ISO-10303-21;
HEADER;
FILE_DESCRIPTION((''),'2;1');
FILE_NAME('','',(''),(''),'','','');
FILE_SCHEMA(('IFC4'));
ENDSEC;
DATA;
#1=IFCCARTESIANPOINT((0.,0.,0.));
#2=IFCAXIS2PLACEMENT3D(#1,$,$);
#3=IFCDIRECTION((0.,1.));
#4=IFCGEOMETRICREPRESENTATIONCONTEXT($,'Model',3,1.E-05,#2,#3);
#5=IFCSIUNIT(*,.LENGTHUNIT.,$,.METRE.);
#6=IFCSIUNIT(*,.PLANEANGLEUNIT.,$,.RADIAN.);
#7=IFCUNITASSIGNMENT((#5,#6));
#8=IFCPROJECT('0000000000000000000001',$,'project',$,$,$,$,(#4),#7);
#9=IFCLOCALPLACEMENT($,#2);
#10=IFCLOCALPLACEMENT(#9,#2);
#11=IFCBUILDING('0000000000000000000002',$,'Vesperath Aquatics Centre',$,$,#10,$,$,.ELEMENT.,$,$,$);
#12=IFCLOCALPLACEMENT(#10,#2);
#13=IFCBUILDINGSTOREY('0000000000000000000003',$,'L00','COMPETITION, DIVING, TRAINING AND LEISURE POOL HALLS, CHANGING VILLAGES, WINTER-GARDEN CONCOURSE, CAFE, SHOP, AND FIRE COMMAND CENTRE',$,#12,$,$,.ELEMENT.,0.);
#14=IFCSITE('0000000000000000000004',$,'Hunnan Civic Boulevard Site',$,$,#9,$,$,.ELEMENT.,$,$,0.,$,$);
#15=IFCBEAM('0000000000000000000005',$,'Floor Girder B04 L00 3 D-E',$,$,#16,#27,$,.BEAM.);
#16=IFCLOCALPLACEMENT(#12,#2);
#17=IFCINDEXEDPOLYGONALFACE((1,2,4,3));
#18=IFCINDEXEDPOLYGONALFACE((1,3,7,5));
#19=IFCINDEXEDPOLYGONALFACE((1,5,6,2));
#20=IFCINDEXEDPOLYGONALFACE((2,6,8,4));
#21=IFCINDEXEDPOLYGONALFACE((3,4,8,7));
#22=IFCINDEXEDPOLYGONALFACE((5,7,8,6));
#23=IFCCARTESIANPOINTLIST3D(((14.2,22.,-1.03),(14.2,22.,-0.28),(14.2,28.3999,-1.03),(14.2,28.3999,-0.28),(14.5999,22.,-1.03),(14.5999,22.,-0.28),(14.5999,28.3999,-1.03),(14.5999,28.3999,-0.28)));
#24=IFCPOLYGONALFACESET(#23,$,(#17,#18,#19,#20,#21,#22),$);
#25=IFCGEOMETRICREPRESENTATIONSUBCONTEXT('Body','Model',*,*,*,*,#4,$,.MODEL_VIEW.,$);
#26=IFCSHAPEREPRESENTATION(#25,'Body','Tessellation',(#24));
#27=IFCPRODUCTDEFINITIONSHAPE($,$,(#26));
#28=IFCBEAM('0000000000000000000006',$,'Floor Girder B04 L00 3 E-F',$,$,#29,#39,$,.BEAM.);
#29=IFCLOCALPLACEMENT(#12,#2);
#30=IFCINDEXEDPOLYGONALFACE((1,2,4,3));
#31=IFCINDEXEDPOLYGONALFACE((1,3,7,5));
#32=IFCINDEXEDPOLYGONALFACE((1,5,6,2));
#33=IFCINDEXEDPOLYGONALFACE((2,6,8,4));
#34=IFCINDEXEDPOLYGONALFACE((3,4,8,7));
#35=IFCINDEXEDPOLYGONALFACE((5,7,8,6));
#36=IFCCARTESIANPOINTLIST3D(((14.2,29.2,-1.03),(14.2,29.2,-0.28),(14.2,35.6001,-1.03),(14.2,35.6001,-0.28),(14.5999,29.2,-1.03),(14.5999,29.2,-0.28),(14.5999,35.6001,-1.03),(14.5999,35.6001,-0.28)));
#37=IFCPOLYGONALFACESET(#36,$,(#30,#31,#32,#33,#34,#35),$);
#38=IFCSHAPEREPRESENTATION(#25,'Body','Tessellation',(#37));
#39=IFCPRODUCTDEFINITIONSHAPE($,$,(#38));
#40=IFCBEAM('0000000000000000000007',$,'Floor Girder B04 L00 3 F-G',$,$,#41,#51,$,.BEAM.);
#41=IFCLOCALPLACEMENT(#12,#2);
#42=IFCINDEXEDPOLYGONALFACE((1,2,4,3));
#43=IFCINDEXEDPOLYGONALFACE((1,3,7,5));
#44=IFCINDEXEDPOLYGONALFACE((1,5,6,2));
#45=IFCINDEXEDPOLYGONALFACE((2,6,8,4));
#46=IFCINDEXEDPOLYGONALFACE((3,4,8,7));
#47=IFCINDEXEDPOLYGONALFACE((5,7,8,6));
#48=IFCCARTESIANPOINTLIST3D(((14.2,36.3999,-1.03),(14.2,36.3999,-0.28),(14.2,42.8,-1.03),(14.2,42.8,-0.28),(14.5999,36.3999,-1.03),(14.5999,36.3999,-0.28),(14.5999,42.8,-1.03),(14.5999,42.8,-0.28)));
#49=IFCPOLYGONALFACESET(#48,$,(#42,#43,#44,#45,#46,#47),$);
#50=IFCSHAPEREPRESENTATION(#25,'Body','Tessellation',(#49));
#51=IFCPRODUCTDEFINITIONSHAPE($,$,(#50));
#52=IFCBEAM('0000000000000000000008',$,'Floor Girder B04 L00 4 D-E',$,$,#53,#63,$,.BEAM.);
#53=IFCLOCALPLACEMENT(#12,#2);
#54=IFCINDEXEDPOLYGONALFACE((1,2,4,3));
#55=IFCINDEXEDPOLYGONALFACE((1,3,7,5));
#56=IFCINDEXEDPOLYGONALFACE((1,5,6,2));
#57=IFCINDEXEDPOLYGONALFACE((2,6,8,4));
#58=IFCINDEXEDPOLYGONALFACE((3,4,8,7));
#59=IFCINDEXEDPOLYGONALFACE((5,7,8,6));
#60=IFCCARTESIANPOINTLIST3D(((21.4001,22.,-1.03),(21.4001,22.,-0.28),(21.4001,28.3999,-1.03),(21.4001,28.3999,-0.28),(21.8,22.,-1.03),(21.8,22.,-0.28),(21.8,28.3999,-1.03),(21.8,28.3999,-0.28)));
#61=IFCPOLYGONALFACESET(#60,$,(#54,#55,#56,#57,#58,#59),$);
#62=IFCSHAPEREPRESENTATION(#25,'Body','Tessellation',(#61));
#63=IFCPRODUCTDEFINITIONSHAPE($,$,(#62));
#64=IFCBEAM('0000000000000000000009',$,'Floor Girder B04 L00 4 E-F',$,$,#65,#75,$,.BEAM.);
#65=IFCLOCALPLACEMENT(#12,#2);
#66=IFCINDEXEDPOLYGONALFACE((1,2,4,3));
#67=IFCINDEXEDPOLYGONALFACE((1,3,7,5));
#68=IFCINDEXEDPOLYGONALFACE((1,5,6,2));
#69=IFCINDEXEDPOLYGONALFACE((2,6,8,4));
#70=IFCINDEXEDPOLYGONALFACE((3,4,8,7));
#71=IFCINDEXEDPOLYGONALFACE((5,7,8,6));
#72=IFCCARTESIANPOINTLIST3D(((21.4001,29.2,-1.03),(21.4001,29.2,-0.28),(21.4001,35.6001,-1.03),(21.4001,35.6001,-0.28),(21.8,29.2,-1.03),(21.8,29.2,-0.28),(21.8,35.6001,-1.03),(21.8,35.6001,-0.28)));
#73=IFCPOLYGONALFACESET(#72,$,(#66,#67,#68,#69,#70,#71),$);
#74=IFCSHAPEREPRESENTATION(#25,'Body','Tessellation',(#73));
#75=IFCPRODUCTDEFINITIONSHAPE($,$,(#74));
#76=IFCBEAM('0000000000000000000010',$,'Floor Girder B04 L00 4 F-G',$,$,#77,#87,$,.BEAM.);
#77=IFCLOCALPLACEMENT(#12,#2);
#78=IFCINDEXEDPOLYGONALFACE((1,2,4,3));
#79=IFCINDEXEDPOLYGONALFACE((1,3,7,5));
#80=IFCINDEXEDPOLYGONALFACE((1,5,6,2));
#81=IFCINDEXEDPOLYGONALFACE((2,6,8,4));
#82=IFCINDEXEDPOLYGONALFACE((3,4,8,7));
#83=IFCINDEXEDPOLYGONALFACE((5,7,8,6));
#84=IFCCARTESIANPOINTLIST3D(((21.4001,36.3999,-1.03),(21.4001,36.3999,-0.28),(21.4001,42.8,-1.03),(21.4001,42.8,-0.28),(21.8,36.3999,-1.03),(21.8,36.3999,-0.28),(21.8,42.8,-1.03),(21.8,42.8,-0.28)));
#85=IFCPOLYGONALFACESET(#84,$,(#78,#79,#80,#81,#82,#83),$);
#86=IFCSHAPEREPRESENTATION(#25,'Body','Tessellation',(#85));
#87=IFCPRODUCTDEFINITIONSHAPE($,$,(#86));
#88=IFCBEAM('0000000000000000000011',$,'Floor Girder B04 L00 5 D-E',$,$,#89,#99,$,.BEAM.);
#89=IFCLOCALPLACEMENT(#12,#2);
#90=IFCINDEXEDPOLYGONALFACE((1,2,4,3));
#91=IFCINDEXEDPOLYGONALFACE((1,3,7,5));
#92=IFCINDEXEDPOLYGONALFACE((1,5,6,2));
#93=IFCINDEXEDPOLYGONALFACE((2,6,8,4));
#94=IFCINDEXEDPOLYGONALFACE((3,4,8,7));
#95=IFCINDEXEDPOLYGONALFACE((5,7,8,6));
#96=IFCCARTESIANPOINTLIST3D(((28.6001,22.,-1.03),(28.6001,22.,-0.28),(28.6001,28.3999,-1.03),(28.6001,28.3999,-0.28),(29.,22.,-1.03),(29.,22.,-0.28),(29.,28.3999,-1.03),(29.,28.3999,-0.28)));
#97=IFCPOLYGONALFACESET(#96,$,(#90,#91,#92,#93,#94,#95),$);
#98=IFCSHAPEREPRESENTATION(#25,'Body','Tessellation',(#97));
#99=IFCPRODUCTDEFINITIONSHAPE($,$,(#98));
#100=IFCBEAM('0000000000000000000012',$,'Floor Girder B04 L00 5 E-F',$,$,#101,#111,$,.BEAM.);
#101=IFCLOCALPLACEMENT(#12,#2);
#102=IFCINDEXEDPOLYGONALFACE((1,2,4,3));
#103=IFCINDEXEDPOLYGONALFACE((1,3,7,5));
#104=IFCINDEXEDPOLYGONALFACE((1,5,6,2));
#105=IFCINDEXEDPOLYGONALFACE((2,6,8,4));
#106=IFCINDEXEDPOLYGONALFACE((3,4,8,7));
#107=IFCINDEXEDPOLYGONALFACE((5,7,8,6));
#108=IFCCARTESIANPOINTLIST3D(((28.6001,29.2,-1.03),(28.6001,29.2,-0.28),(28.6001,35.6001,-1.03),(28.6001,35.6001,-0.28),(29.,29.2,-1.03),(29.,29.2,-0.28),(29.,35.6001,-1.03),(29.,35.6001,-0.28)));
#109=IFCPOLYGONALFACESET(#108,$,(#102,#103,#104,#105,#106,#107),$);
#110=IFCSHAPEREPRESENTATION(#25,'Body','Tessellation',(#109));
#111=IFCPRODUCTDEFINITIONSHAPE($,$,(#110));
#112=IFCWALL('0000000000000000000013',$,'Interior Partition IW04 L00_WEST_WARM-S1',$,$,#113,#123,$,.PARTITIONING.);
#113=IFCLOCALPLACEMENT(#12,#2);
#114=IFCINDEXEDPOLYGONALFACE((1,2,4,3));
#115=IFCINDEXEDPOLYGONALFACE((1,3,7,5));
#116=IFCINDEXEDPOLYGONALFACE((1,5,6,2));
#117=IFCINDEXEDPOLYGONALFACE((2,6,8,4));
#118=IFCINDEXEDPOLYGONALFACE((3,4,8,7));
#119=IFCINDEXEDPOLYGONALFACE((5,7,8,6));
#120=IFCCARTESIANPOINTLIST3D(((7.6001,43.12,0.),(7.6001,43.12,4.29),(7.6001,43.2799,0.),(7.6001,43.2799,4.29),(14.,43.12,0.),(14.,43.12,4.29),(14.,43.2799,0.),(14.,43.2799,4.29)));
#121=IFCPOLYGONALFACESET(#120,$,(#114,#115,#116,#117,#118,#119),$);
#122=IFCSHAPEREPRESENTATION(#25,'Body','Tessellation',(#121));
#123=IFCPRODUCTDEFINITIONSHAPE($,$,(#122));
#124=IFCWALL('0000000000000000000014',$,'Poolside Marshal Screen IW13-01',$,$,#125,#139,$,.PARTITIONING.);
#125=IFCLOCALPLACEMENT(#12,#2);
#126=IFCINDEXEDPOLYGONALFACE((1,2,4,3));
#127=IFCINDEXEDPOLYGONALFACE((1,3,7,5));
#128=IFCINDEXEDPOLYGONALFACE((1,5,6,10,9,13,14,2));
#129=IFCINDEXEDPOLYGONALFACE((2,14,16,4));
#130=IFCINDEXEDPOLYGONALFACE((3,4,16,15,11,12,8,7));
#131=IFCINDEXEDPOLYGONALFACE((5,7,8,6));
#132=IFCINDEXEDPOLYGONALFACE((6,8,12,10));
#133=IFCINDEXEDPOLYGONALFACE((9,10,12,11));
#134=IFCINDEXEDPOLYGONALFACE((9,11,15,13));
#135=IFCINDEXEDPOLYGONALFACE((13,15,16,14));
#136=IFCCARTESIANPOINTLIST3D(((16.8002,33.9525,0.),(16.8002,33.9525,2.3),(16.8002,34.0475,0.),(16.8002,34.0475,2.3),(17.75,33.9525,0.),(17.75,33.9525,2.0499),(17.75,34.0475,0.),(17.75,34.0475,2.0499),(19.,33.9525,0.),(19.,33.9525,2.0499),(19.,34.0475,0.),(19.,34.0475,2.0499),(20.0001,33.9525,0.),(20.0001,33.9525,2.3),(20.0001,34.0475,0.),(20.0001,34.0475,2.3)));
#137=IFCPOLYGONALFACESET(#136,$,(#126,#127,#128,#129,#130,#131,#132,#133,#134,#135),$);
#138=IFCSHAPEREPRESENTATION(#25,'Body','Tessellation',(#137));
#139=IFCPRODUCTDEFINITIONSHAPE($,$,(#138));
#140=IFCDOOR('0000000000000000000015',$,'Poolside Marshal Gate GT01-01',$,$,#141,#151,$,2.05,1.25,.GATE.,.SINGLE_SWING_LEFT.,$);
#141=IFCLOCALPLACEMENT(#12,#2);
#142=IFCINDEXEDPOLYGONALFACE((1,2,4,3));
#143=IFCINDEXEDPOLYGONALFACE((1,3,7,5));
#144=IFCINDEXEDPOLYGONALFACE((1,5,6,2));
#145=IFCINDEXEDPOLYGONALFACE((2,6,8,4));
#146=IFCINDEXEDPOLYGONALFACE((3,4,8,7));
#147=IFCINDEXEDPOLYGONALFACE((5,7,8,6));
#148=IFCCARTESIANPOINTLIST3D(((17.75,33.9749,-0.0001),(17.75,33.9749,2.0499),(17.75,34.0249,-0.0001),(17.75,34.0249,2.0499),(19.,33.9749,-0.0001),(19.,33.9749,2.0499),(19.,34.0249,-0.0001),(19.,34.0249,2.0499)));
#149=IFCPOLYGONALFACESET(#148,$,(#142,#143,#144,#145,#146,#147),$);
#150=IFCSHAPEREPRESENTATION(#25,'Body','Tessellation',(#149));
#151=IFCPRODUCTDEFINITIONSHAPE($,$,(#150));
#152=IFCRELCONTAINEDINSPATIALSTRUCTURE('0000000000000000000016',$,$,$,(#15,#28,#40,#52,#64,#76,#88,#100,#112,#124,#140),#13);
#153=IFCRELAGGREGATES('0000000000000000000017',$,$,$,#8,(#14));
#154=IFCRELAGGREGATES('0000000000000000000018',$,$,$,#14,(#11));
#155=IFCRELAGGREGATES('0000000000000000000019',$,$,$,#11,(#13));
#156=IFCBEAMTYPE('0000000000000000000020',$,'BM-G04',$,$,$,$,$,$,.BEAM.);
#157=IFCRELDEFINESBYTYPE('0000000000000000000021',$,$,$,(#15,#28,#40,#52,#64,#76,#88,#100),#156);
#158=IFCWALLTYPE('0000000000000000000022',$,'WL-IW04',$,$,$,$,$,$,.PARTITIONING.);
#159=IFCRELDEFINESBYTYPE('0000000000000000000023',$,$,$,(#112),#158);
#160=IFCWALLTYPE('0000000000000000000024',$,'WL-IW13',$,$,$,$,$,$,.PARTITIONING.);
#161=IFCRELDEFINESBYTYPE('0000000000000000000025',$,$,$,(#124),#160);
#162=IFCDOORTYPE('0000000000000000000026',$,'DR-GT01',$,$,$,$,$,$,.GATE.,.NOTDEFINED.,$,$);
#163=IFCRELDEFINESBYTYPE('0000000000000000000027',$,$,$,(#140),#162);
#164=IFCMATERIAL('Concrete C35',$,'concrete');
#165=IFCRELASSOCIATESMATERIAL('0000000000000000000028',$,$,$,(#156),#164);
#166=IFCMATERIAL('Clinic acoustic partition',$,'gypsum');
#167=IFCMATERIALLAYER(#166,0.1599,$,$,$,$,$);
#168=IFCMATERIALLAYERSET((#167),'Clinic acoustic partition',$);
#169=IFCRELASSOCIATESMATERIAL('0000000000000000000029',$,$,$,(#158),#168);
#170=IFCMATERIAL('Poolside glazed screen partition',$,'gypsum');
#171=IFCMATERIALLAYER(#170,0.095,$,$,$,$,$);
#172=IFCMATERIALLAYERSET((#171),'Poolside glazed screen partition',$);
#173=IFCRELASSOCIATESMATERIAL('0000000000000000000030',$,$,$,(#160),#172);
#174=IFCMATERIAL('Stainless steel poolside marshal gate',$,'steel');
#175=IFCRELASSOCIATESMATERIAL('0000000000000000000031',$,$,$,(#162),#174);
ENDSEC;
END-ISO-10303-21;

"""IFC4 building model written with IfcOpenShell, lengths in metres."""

from ifc_helpers import new_model, si_unit, direction, frame, frame_2d, origin, origin_2d, place, context, subcontext, project, spatial, rectangle, extrude, material, layer, layer_set, material_profile, profile_set, type_object, element, fill, save


model = new_model("IFC4")

# Units and contexts
model_context = context("Model", 3, precision=1e-05, world=origin(), true_north=direction((0.0, 1.0)))
body_context = subcontext(model_context, "Body", "Model", "MODEL_VIEW")
ifc_project = project(units=[si_unit("LENGTHUNIT", "METRE"), si_unit("PLANEANGLEUNIT", "RADIAN")], contexts=[model_context])

# Site, building, storey
site_placement = place(None, origin())
site = spatial("IfcSite", under=ifc_project, at=site_placement, Name="Hunnan Civic Boulevard Site", CompositionType="ELEMENT", RefElevation=0.0)
building_placement = place(site_placement, origin())
building = spatial("IfcBuilding", under=site, at=building_placement, Name="Vesperath Aquatics Centre", CompositionType="ELEMENT")
storey_placement = place(building_placement, origin())
storey = spatial("IfcBuildingStorey", under=building, at=storey_placement, Name="L00", Description="COMPETITION, DIVING, TRAINING AND LEISURE POOL HALLS, CHANGING VILLAGES, WINTER-GARDEN CONCOURSE, CAFE, SHOP, AND FIRE COMMAND CENTRE", CompositionType="ELEMENT", Elevation=0.0)

# Shared definitions
ifc_material_1 = material(Name="Concrete C35", Category="concrete")

# Beams
ifc_material_profile_1 = material_profile(ifc_material_1, rectangle(XDim=0.3999, YDim=0.75, at=origin_2d()), Name="RC 400x750")
ifc_profile_set_1 = profile_set([ifc_material_profile_1], Name="Concrete C35")
beam_type_1 = type_object("IfcBeamType", Name="BM-G04", PredefinedType="BEAM", material=ifc_profile_set_1)
beam_1_placement = place(storey_placement, frame((14.3999, 22.0, -0.655), z_axis=(0.0, 1.0, 0.0), x_axis=(-1.0, 0.0, 0.0)))
element("IfcBeam", 1, at=beam_1_placement, inside=storey, type_object=beam_type_1, Name="Floor Girder B04 L00 3 D-E", PredefinedType="BEAM", context=body_context, shape_type="SweptSolid", body=[
    extrude(rectangle(XDim=0.3999, YDim=0.75, at=origin_2d()), origin(), (0.0, 0.0, 1.0), 6.3999),
])
for number, where, z_axis, x_axis, name in (
    (2, (14.3999, 29.2, -0.655), (0.0, 1.0, 0.0), (-1.0, 0.0, 0.0), "Floor Girder B04 L00 3 E-F"),
    (3, (14.3999, 36.3999, -0.655), (0.0, 1.0, 0.0), (-1.0, 0.0, 0.0), "Floor Girder B04 L00 3 F-G"),
):
    element("IfcBeam", number, at=place(storey_placement, frame(where, z_axis=z_axis, x_axis=x_axis)), inside=storey, type_object=beam_type_1, Name=name, PredefinedType="BEAM", context=body_context, shape_type="SweptSolid", body=[
        extrude(rectangle(XDim=0.3999, YDim=0.75, at=origin_2d()), origin(), (0.0, 0.0, 1.0), 6.4001),
    ])
beam_2_placement = place(storey_placement, frame((21.6001, 22.0, -0.655), z_axis=(0.0, 1.0, 0.0), x_axis=(-1.0, 0.0, 0.0)))
element("IfcBeam", 4, at=beam_2_placement, inside=storey, type_object=beam_type_1, Name="Floor Girder B04 L00 4 D-E", PredefinedType="BEAM", context=body_context, shape_type="SweptSolid", body=[
    extrude(rectangle(XDim=0.3999, YDim=0.75, at=origin_2d()), origin(), (0.0, 0.0, 1.0), 6.3999),
])
for number, where, z_axis, x_axis, name in (
    (5, (21.6001, 29.2, -0.655), (0.0, 1.0, 0.0), (-1.0, 0.0, 0.0), "Floor Girder B04 L00 4 E-F"),
    (6, (21.6001, 36.3999, -0.655), (0.0, 1.0, 0.0), (-1.0, 0.0, 0.0), "Floor Girder B04 L00 4 F-G"),
):
    element("IfcBeam", number, at=place(storey_placement, frame(where, z_axis=z_axis, x_axis=x_axis)), inside=storey, type_object=beam_type_1, Name=name, PredefinedType="BEAM", context=body_context, shape_type="SweptSolid", body=[
        extrude(rectangle(XDim=0.3999, YDim=0.75, at=origin_2d()), origin(), (0.0, 0.0, 1.0), 6.4001),
    ])
beam_3_placement = place(storey_placement, frame((28.8, 22.0, -0.655), z_axis=(0.0, 1.0, 0.0), x_axis=(-1.0, 0.0, 0.0)))
element("IfcBeam", 7, at=beam_3_placement, inside=storey, type_object=beam_type_1, Name="Floor Girder B04 L00 5 D-E", PredefinedType="BEAM", context=body_context, shape_type="SweptSolid", body=[
    extrude(rectangle(XDim=0.3999, YDim=0.75, at=origin_2d()), origin(), (0.0, 0.0, 1.0), 6.3999),
])
beam_4_placement = place(storey_placement, frame((28.8, 29.2, -0.655), z_axis=(0.0, 1.0, 0.0), x_axis=(-1.0, 0.0, 0.0)))
element("IfcBeam", 8, at=beam_4_placement, inside=storey, type_object=beam_type_1, Name="Floor Girder B04 L00 5 E-F", PredefinedType="BEAM", context=body_context, shape_type="SweptSolid", body=[
    extrude(rectangle(XDim=0.3999, YDim=0.75, at=origin_2d()), origin(), (0.0, 0.0, 1.0), 6.4001),
])

# Wall
ifc_material_2 = material(Name="Clinic acoustic partition", Category="gypsum")
ifc_layer_1 = layer(ifc_material_2, 0.1599)
ifc_layer_set_1 = layer_set([ifc_layer_1], Name="Clinic acoustic partition")
wall_type_1 = type_object("IfcWallType", Name="WL-IW04", PredefinedType="PARTITIONING", material=ifc_layer_set_1)
wall_1_placement = place(storey_placement, frame((7.6001, 43.2, 0.0), z_axis=(0.0, 0.0, 1.0), x_axis=(1.0, 0.0, 0.0)))
element("IfcWall", 9, at=wall_1_placement, inside=storey, type_object=wall_type_1, Name="Interior Partition IW04 L00_WEST_WARM-S1", PredefinedType="PARTITIONING", context=body_context, shape_type="SweptSolid", body=[
    extrude(rectangle(XDim=6.3999, YDim=0.1599, at=frame_2d((3.2, 0.0))), origin(), (0.0, 0.0, 1.0), 4.29),
])

# Wall, opening, door
ifc_material_3 = material(Name="Poolside glazed screen partition", Category="gypsum")
ifc_layer_2 = layer(ifc_material_3, 0.095)
ifc_layer_set_2 = layer_set([ifc_layer_2], Name="Poolside glazed screen partition")
wall_type_2 = type_object("IfcWallType", Name="WL-IW13", PredefinedType="PARTITIONING", material=ifc_layer_set_2)
wall_2_placement = place(storey_placement, frame((16.8, 34.0, 0.0), z_axis=(0.0, 0.0, 1.0), x_axis=(1.0, 0.0, 0.0)))
wall_2 = element("IfcWall", 10, at=wall_2_placement, inside=storey, type_object=wall_type_2, Name="Poolside Marshal Screen IW13-01", PredefinedType="PARTITIONING", context=body_context, shape_type="SweptSolid", body=[
    extrude(rectangle(XDim=3.2, YDim=0.095, at=frame_2d((1.6001, 0.0))), origin(), (0.0, 0.0, 1.0), 2.3),
])
opening_placement = place(wall_2_placement, frame((0.95, 0.0, 0.0)))
opening = element("IfcOpeningElement", 11, at=opening_placement, cuts=wall_2, PredefinedType="OPENING", context=body_context, shape_type="SweptSolid", body=[
    extrude(rectangle(XDim=1.25, YDim=2.05, at=frame_2d((0.625, 1.0249))), frame((0.0, 0.0625, 0.0), z_axis=(0.0, -1.0, 0.0), x_axis=(1.0, 0.0, 0.0)), (0.0, 0.0, 1.0), 0.1248),
])
ifc_material_4 = material(Name="Stainless steel poolside marshal gate", Category="steel")
door_type = type_object("IfcDoorType", Name="DR-GT01", OperationType="NOTDEFINED", PredefinedType="GATE", material=ifc_material_4)
door_placement = place(opening_placement, origin())
door = element("IfcDoor", 12, at=door_placement, inside=storey, type_object=door_type, Name="Poolside Marshal Gate GT01-01", OperationType="SINGLE_SWING_LEFT", OverallHeight=2.05, OverallWidth=1.25, PredefinedType="GATE", context=body_context, shape_type="SweptSolid", body=[
    extrude(rectangle(XDim=1.25, YDim=2.05, at=frame_2d((0.625, 1.0249))), frame((0.0, 0.0249, 0.0), z_axis=(0.0, -1.0, 0.0), x_axis=(1.0, 0.0, 0.0)), (0.0, 0.0, 1.0), 0.05),
])
fill(opening, door)

save(model, "model.ifc")
